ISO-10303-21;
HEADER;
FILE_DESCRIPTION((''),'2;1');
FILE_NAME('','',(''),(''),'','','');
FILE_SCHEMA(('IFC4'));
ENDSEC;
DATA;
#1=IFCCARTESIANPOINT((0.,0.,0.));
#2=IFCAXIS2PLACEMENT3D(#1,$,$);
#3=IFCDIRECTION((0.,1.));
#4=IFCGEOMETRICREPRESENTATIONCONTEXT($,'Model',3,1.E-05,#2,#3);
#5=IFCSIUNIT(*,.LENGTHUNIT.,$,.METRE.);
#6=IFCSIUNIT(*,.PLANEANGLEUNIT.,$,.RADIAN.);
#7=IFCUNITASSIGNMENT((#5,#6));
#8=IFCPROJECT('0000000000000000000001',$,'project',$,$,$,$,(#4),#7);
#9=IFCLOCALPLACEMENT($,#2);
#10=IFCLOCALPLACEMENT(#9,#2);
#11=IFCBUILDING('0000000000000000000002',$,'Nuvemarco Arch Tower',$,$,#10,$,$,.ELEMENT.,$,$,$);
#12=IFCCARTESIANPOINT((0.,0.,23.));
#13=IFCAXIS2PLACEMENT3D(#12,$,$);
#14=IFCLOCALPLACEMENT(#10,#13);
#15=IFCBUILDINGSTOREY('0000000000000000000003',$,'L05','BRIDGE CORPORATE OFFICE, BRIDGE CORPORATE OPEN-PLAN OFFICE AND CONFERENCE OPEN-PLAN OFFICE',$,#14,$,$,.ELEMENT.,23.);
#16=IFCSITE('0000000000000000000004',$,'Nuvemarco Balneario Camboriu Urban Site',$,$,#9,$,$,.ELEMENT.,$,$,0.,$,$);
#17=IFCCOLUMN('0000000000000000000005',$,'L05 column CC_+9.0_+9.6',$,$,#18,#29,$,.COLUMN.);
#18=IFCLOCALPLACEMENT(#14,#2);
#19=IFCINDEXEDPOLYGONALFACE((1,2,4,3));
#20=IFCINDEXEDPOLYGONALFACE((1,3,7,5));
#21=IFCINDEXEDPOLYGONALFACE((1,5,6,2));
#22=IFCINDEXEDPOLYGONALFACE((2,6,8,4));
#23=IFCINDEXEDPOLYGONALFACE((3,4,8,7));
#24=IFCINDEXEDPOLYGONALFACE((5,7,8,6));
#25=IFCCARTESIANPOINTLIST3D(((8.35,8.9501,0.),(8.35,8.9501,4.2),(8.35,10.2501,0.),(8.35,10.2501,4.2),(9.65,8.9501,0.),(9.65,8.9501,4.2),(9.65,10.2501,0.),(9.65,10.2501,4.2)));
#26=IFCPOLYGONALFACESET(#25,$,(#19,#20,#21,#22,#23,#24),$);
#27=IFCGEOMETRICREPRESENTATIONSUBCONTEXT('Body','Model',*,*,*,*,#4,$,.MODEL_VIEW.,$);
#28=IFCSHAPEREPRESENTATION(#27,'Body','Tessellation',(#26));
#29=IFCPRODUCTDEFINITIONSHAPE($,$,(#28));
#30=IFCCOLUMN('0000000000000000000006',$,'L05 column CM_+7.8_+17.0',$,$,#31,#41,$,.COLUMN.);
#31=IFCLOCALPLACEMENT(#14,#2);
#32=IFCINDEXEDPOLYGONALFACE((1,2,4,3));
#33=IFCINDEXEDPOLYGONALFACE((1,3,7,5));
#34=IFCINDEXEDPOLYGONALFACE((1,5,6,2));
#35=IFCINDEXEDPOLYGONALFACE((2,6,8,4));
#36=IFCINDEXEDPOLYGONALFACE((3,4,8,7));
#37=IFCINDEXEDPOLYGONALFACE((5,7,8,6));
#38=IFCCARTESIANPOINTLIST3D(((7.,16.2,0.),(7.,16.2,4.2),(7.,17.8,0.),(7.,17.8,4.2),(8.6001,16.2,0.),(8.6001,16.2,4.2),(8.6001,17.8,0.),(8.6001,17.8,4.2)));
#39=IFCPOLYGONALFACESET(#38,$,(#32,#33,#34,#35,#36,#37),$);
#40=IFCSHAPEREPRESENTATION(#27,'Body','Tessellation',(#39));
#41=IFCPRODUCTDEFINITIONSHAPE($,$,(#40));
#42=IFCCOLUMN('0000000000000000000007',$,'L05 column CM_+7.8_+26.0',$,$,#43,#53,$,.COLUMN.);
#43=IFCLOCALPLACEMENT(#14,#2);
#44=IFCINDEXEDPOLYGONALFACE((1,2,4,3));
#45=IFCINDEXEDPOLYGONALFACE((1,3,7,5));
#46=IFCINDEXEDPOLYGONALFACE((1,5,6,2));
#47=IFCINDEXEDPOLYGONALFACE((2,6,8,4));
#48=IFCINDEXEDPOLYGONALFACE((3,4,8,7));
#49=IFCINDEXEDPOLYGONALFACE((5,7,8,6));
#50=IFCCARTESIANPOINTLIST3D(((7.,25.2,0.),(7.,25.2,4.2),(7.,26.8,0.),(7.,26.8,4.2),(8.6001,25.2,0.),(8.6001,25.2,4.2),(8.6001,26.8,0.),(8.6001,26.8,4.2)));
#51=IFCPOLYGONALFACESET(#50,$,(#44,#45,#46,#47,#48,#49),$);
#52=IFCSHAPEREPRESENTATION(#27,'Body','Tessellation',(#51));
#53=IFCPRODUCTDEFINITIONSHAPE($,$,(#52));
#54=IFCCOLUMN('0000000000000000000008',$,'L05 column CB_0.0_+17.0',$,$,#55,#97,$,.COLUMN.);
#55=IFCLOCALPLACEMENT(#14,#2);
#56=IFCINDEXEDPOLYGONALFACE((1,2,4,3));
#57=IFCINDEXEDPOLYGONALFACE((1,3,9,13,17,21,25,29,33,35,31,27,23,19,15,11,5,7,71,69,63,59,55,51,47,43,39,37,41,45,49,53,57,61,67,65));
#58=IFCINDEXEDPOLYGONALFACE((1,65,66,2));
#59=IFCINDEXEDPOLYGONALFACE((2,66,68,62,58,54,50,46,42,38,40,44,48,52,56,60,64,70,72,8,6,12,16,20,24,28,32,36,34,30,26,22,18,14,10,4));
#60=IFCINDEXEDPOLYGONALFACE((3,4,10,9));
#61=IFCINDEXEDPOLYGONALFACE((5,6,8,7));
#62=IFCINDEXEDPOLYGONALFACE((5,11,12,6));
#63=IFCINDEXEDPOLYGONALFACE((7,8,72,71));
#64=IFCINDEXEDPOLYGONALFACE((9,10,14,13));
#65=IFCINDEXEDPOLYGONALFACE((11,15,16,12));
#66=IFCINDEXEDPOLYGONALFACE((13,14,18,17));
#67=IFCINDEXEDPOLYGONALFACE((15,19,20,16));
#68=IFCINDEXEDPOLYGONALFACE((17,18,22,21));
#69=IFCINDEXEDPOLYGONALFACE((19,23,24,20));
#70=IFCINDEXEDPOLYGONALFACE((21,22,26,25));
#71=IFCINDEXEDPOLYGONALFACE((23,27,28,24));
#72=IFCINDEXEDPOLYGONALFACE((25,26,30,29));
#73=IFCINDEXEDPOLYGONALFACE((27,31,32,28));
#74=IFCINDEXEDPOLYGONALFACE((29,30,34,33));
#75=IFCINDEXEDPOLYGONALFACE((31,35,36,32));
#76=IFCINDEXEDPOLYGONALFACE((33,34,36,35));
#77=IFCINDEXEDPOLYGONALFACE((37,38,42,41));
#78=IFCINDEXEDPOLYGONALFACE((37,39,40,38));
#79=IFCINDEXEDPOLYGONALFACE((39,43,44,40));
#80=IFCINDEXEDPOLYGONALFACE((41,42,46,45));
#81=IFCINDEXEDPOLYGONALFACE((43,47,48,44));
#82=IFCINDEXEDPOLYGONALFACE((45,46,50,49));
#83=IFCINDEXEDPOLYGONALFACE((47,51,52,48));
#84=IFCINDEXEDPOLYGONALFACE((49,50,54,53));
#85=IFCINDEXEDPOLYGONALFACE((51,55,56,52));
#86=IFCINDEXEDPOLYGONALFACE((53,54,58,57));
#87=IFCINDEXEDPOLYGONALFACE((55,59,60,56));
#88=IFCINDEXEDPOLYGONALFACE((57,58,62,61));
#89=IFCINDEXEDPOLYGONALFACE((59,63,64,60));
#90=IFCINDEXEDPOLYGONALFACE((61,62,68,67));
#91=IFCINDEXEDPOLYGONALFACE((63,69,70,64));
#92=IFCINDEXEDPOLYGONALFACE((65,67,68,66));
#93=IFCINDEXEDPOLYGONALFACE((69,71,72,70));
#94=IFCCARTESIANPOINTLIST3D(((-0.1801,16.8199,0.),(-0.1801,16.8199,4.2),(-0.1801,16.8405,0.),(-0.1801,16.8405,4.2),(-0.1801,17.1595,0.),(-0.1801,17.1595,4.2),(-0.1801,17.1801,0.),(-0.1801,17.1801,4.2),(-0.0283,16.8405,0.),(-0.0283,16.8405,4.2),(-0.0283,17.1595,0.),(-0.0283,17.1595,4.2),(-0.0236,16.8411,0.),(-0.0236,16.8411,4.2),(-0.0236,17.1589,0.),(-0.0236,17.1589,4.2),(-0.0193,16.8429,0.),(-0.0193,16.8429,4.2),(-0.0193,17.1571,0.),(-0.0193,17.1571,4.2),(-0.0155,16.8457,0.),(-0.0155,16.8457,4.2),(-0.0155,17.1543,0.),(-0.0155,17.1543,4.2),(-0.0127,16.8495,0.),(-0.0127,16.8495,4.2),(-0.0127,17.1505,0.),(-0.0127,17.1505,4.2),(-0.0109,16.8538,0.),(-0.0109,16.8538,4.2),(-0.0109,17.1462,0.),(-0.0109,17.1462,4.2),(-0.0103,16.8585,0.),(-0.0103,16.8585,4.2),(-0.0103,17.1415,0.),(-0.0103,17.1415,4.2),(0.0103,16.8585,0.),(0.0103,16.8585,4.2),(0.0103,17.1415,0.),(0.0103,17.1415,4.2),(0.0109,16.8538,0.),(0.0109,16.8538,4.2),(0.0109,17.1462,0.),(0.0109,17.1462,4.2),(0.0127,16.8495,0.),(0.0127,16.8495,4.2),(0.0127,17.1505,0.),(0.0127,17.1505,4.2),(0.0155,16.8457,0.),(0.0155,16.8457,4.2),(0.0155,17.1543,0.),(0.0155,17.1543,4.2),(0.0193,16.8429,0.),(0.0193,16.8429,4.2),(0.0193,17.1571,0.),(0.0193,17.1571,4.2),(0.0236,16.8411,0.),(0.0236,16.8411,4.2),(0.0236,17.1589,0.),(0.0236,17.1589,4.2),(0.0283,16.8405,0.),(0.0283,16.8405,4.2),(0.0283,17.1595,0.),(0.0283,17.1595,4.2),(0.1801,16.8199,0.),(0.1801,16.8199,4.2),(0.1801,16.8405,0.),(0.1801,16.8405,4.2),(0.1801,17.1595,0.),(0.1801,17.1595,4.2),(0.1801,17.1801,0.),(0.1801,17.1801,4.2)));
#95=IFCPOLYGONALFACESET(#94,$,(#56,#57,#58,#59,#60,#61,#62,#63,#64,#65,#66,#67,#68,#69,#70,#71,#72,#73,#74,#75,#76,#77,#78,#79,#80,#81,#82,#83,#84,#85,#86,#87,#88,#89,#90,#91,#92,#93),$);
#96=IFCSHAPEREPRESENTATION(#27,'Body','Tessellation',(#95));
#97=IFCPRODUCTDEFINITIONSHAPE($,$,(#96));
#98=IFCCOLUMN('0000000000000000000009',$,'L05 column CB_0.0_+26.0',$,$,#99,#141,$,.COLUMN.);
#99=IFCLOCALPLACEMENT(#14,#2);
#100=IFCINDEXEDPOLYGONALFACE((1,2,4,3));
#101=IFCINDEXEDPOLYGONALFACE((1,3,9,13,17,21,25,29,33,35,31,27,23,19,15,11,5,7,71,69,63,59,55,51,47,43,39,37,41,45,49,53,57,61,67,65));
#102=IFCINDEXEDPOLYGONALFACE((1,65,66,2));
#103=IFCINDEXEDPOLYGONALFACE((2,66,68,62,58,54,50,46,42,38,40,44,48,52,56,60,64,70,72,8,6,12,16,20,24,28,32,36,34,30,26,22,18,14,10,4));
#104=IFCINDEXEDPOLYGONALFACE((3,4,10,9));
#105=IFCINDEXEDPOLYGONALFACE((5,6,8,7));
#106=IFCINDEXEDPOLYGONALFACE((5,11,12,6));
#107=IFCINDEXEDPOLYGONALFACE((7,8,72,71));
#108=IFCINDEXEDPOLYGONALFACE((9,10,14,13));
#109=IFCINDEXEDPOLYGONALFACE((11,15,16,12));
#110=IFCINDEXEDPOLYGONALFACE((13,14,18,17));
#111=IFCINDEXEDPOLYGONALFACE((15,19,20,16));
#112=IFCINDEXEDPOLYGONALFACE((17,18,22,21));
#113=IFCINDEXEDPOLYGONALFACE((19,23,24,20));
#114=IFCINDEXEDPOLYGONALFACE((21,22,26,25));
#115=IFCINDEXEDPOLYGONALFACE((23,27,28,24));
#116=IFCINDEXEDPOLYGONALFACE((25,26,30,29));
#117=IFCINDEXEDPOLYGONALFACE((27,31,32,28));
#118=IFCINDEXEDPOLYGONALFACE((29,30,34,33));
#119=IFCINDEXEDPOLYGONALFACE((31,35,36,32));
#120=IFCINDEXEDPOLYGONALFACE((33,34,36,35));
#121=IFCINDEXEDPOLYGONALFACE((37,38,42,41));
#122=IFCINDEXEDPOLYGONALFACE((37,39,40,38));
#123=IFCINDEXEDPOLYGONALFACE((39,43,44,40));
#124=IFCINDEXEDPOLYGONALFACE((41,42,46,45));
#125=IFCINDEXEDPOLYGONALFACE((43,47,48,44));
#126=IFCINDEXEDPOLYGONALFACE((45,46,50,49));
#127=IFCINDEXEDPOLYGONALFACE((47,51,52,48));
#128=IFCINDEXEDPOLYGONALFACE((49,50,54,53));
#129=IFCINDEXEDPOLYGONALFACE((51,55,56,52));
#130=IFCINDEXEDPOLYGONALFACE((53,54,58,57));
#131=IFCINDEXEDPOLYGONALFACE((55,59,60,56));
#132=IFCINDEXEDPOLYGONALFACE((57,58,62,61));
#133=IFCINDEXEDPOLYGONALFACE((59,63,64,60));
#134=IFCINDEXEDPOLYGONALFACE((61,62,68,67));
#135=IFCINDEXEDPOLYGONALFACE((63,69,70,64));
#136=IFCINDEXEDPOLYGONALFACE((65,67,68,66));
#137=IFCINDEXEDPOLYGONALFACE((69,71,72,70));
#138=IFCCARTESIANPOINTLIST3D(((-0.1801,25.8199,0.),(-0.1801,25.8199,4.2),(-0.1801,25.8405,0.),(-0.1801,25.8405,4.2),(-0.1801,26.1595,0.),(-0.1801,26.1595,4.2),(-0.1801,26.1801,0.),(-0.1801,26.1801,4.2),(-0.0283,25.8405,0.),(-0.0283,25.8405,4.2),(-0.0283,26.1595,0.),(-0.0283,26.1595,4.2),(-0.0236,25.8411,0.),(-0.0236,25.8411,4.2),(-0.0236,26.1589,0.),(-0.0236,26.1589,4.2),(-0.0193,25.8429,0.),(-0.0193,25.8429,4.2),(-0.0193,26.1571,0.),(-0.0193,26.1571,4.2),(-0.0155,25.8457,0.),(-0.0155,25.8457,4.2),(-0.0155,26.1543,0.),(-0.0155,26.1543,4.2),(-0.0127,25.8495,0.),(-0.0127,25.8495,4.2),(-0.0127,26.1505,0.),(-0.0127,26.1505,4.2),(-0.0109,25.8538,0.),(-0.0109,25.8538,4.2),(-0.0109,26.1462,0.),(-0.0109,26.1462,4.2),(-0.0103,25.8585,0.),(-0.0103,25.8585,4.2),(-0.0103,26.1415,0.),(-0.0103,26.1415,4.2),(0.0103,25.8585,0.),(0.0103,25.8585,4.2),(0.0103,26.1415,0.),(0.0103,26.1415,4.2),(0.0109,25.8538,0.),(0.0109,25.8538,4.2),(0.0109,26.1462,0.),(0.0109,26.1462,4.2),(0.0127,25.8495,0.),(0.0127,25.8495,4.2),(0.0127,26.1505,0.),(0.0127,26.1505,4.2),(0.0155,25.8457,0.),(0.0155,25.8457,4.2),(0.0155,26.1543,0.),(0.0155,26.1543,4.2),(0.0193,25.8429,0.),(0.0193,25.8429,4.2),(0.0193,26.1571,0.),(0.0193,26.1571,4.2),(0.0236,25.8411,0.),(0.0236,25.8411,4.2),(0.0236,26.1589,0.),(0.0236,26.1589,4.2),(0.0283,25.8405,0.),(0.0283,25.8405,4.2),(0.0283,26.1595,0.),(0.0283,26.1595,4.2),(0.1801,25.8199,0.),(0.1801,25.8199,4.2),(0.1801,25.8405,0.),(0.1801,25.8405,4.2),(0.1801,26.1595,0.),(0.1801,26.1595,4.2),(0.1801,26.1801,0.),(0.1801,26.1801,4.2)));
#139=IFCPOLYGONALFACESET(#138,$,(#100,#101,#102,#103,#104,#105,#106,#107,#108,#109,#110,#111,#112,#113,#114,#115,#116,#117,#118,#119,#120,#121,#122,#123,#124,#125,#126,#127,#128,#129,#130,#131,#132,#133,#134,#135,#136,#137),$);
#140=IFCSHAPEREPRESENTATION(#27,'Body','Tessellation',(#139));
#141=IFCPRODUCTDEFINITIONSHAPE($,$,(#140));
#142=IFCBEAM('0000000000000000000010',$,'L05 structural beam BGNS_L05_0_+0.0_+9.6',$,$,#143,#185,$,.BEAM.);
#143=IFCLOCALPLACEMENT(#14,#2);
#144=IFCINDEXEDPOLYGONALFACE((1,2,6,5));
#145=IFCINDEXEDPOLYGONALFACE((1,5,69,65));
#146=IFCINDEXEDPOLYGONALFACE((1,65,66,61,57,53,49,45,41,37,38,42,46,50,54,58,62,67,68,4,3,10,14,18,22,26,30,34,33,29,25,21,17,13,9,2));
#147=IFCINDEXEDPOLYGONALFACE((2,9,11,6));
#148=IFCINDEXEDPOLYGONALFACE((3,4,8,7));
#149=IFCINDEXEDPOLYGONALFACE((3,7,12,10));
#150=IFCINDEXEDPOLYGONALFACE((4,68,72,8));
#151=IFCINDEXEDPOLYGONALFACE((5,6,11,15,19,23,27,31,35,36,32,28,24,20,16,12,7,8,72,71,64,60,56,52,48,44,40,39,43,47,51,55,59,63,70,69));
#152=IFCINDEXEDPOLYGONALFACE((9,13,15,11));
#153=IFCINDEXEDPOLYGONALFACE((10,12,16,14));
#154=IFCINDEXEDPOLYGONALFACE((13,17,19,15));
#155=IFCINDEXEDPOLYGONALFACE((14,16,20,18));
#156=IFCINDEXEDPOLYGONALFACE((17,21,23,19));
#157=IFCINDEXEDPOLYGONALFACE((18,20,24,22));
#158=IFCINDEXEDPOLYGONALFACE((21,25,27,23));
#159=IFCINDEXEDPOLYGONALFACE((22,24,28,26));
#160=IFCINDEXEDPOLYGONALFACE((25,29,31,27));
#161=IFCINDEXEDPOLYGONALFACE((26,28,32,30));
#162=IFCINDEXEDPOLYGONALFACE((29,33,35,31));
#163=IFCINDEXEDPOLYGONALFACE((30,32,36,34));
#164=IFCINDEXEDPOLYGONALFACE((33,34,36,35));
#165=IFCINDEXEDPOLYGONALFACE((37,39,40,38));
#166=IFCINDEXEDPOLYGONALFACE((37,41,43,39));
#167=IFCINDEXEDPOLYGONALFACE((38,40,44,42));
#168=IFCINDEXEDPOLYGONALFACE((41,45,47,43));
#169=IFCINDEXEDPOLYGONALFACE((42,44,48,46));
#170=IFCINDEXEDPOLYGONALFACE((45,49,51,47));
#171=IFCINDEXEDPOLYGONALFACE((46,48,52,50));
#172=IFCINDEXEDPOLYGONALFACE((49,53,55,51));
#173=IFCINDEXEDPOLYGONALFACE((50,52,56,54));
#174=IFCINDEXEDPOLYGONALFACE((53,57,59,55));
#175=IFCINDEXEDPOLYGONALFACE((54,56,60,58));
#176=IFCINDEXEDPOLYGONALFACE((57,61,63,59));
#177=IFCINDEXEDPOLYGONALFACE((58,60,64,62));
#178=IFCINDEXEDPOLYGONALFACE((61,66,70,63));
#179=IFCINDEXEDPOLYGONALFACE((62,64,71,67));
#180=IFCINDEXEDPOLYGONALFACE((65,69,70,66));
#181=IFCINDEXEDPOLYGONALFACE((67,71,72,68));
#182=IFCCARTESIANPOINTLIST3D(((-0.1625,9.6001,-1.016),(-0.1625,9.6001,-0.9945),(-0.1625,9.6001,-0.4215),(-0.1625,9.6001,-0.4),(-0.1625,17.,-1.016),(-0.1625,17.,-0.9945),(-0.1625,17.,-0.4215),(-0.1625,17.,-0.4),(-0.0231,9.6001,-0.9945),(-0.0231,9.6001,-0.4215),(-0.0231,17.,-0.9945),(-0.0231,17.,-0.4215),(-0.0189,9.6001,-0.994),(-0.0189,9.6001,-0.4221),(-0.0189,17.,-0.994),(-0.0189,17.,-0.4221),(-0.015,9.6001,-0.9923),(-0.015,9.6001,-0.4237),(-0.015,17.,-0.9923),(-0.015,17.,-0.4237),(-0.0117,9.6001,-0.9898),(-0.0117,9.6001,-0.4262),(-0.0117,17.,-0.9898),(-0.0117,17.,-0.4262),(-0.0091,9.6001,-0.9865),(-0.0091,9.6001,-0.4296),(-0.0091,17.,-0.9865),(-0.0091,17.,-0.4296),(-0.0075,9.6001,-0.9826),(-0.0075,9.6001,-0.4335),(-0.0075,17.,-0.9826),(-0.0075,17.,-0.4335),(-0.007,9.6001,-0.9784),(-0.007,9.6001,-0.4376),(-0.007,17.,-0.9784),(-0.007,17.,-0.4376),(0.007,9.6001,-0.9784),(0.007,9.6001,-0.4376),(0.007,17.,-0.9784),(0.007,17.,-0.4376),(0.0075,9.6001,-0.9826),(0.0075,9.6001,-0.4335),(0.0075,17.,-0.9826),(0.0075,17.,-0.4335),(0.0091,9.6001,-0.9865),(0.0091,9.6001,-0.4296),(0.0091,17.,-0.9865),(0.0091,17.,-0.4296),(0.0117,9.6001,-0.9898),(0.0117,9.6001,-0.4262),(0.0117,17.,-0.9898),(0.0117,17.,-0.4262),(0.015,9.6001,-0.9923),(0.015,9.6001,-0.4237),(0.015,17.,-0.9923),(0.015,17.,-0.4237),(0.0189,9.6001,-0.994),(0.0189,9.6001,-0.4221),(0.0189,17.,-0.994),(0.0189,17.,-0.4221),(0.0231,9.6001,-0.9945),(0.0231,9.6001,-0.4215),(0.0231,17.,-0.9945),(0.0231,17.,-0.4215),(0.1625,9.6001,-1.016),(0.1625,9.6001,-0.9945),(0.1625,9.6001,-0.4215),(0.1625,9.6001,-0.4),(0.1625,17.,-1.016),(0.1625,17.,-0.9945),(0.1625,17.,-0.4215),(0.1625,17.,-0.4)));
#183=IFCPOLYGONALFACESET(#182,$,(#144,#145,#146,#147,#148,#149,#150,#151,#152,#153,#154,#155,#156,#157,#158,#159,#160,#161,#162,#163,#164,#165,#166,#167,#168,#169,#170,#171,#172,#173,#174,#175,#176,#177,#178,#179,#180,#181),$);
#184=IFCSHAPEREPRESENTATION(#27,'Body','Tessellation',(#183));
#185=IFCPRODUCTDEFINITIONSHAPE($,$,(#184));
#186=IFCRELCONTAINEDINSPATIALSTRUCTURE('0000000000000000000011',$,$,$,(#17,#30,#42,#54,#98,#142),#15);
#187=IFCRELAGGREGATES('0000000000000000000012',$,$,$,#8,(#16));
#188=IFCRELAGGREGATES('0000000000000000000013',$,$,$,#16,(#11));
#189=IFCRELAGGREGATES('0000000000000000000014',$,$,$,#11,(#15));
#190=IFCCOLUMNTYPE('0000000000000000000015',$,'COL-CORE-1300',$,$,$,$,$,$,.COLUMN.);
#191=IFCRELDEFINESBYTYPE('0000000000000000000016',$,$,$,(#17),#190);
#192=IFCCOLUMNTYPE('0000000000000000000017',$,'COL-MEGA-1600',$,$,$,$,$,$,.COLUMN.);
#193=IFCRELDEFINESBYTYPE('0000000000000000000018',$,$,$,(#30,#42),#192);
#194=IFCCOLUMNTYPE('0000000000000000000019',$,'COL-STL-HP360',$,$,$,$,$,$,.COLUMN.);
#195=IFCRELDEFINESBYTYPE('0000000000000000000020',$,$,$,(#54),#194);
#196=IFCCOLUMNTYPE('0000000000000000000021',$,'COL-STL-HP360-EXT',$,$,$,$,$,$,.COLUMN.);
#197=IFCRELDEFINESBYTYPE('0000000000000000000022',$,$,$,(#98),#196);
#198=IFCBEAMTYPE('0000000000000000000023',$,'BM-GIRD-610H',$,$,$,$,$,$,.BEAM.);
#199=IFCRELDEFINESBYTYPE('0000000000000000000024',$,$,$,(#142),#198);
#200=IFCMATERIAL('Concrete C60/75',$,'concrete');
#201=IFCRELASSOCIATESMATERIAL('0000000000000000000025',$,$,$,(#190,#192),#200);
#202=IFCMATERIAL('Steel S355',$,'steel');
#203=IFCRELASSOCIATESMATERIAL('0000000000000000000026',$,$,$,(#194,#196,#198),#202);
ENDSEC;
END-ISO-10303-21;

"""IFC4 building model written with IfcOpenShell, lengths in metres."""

from ifc_helpers import new_model, si_unit, direction, frame, origin, origin_2d, place, context, subcontext, project, spatial, rectangle, i_section, extrude, material, material_profile, profile_set, type_object, element, save


model = new_model("IFC4")

# Units and contexts
model_context = context("Model", 3, precision=1e-05, world=origin(), true_north=direction((0.0, 1.0)))
body_context = subcontext(model_context, "Body", "Model", "MODEL_VIEW")
ifc_project = project(units=[si_unit("LENGTHUNIT", "METRE"), si_unit("PLANEANGLEUNIT", "RADIAN")], contexts=[model_context])

# Site, building, storey
site_placement = place(None, origin())
site = spatial("IfcSite", under=ifc_project, at=site_placement, Name="Nuvemarco Balneario Camboriu Urban Site", CompositionType="ELEMENT", RefElevation=0.0)
building_placement = place(site_placement, origin())
building = spatial("IfcBuilding", under=site, at=building_placement, Name="Nuvemarco Arch Tower", CompositionType="ELEMENT")
storey_placement = place(building_placement, frame((0.0, 0.0, 23.0)))
storey = spatial("IfcBuildingStorey", under=building, at=storey_placement, Name="L05", Description="BRIDGE CORPORATE OFFICE, BRIDGE CORPORATE OPEN-PLAN OFFICE AND CONFERENCE OPEN-PLAN OFFICE", CompositionType="ELEMENT", Elevation=23.0)

# Columns
ifc_material_1 = material(Name="Concrete C60/75", Category="concrete")
ifc_material_profile_1 = material_profile(ifc_material_1, rectangle(XDim=1.3, YDim=1.3, at=origin_2d()), Name="RC-COL-1300x1300")
ifc_profile_set_1 = profile_set([ifc_material_profile_1], Name="Concrete C60/75")
column_type_1 = type_object("IfcColumnType", Name="COL-CORE-1300", PredefinedType="COLUMN", material=ifc_profile_set_1)
column_1_placement = place(storey_placement, frame((9.0, 9.6001, 0.0), z_axis=(0.0, 0.0, 1.0), x_axis=(1.0, 0.0, 0.0)))
element("IfcColumn", 1, at=column_1_placement, inside=storey, type_object=column_type_1, Name="L05 column CC_+9.0_+9.6", PredefinedType="COLUMN", context=body_context, shape_type="SweptSolid", body=[
    extrude(rectangle(XDim=1.3, YDim=1.3, at=origin_2d()), origin(), (0.0, 0.0, 1.0), 4.2),
])
ifc_material_profile_2 = material_profile(ifc_material_1, rectangle(XDim=1.6001, YDim=1.6001, at=origin_2d()), Name="RC-COL-1600x1600")
ifc_profile_set_2 = profile_set([ifc_material_profile_2], Name="Concrete C60/75")
column_type_2 = type_object("IfcColumnType", Name="COL-MEGA-1600", PredefinedType="COLUMN", material=ifc_profile_set_2)
for number, where, z_axis, x_axis, name in (
    (2, (7.8, 17.0, 0.0), (0.0, 0.0, 1.0), (1.0, 0.0, 0.0), "L05 column CM_+7.8_+17.0"),
    (3, (7.8, 26.0, 0.0), (0.0, 0.0, 1.0), (1.0, 0.0, 0.0), "L05 column CM_+7.8_+26.0"),
):
    element("IfcColumn", number, at=place(storey_placement, frame(where, z_axis=z_axis, x_axis=x_axis)), inside=storey, type_object=column_type_2, Name=name, PredefinedType="COLUMN", context=body_context, shape_type="SweptSolid", body=[
        extrude(rectangle(XDim=1.6001, YDim=1.6001, at=origin_2d()), origin(), (0.0, 0.0, 1.0), 4.2),
    ])
ifc_material_2 = material(Name="Steel S355", Category="steel")
ifc_material_profile_3 = material_profile(ifc_material_2, i_section(OverallWidth=0.3601, OverallDepth=0.3601, WebThickness=0.0205, FlangeThickness=0.0205, FilletRadius=0.0181, at=origin_2d()), Name="HP360x174")
ifc_profile_set_3 = profile_set([ifc_material_profile_3], Name="Steel S355")
column_type_3 = type_object("IfcColumnType", Name="COL-STL-HP360", PredefinedType="COLUMN", material=ifc_profile_set_3)
column_2_placement = place(storey_placement, frame((0.0, 17.0, 0.0), z_axis=(0.0, 0.0, 1.0), x_axis=(1.0, 0.0, 0.0)))
element("IfcColumn", 4, at=column_2_placement, inside=storey, type_object=column_type_3, Name="L05 column CB_0.0_+17.0", PredefinedType="COLUMN", context=body_context, shape_type="SweptSolid", body=[
    extrude(i_section(OverallWidth=0.3601, OverallDepth=0.3601, WebThickness=0.0205, FlangeThickness=0.0205, FilletRadius=0.0181, at=origin_2d()), origin(), (0.0, 0.0, 1.0), 4.2),
])
ifc_material_profile_4 = material_profile(ifc_material_2, i_section(OverallWidth=0.3601, OverallDepth=0.3601, WebThickness=0.0205, FlangeThickness=0.0205, FilletRadius=0.0181, at=origin_2d()), Name="HP360x174")
ifc_profile_set_4 = profile_set([ifc_material_profile_4], Name="Steel S355")
column_type_4 = type_object("IfcColumnType", Name="COL-STL-HP360-EXT", PredefinedType="COLUMN", material=ifc_profile_set_4)
column_3_placement = place(storey_placement, frame((0.0, 26.0, 0.0), z_axis=(0.0, 0.0, 1.0), x_axis=(1.0, 0.0, 0.0)))
element("IfcColumn", 5, at=column_3_placement, inside=storey, type_object=column_type_4, Name="L05 column CB_0.0_+26.0", PredefinedType="COLUMN", context=body_context, shape_type="SweptSolid", body=[
    extrude(i_section(OverallWidth=0.3601, OverallDepth=0.3601, WebThickness=0.0205, FlangeThickness=0.0205, FilletRadius=0.0181, at=origin_2d()), origin(), (0.0, 0.0, 1.0), 4.2),
])

# Beam
ifc_material_profile_5 = material_profile(ifc_material_2, i_section(OverallWidth=0.325, OverallDepth=0.616, WebThickness=0.0139, FlangeThickness=0.0215, FilletRadius=0.0161, at=origin_2d()), Name="W610x174")
ifc_profile_set_5 = profile_set([ifc_material_profile_5], Name="Steel S355")
beam_type_1 = type_object("IfcBeamType", Name="BM-GIRD-610H", PredefinedType="BEAM", material=ifc_profile_set_5)
beam_1_placement = place(storey_placement, frame((0.0, 9.6001, -0.708), z_axis=(0.0, 1.0, 0.0), x_axis=(-1.0, 0.0, 0.0)))
element("IfcBeam", 6, at=beam_1_placement, inside=storey, type_object=beam_type_1, Name="L05 structural beam BGNS_L05_0_+0.0_+9.6", PredefinedType="BEAM", context=body_context, shape_type="SweptSolid", body=[
    extrude(i_section(OverallWidth=0.325, OverallDepth=0.616, WebThickness=0.0139, FlangeThickness=0.0215, FilletRadius=0.0161, at=origin_2d()), origin(), (0.0, 0.0, 1.0), 7.3999),
])

save(model, "model.ifc")
